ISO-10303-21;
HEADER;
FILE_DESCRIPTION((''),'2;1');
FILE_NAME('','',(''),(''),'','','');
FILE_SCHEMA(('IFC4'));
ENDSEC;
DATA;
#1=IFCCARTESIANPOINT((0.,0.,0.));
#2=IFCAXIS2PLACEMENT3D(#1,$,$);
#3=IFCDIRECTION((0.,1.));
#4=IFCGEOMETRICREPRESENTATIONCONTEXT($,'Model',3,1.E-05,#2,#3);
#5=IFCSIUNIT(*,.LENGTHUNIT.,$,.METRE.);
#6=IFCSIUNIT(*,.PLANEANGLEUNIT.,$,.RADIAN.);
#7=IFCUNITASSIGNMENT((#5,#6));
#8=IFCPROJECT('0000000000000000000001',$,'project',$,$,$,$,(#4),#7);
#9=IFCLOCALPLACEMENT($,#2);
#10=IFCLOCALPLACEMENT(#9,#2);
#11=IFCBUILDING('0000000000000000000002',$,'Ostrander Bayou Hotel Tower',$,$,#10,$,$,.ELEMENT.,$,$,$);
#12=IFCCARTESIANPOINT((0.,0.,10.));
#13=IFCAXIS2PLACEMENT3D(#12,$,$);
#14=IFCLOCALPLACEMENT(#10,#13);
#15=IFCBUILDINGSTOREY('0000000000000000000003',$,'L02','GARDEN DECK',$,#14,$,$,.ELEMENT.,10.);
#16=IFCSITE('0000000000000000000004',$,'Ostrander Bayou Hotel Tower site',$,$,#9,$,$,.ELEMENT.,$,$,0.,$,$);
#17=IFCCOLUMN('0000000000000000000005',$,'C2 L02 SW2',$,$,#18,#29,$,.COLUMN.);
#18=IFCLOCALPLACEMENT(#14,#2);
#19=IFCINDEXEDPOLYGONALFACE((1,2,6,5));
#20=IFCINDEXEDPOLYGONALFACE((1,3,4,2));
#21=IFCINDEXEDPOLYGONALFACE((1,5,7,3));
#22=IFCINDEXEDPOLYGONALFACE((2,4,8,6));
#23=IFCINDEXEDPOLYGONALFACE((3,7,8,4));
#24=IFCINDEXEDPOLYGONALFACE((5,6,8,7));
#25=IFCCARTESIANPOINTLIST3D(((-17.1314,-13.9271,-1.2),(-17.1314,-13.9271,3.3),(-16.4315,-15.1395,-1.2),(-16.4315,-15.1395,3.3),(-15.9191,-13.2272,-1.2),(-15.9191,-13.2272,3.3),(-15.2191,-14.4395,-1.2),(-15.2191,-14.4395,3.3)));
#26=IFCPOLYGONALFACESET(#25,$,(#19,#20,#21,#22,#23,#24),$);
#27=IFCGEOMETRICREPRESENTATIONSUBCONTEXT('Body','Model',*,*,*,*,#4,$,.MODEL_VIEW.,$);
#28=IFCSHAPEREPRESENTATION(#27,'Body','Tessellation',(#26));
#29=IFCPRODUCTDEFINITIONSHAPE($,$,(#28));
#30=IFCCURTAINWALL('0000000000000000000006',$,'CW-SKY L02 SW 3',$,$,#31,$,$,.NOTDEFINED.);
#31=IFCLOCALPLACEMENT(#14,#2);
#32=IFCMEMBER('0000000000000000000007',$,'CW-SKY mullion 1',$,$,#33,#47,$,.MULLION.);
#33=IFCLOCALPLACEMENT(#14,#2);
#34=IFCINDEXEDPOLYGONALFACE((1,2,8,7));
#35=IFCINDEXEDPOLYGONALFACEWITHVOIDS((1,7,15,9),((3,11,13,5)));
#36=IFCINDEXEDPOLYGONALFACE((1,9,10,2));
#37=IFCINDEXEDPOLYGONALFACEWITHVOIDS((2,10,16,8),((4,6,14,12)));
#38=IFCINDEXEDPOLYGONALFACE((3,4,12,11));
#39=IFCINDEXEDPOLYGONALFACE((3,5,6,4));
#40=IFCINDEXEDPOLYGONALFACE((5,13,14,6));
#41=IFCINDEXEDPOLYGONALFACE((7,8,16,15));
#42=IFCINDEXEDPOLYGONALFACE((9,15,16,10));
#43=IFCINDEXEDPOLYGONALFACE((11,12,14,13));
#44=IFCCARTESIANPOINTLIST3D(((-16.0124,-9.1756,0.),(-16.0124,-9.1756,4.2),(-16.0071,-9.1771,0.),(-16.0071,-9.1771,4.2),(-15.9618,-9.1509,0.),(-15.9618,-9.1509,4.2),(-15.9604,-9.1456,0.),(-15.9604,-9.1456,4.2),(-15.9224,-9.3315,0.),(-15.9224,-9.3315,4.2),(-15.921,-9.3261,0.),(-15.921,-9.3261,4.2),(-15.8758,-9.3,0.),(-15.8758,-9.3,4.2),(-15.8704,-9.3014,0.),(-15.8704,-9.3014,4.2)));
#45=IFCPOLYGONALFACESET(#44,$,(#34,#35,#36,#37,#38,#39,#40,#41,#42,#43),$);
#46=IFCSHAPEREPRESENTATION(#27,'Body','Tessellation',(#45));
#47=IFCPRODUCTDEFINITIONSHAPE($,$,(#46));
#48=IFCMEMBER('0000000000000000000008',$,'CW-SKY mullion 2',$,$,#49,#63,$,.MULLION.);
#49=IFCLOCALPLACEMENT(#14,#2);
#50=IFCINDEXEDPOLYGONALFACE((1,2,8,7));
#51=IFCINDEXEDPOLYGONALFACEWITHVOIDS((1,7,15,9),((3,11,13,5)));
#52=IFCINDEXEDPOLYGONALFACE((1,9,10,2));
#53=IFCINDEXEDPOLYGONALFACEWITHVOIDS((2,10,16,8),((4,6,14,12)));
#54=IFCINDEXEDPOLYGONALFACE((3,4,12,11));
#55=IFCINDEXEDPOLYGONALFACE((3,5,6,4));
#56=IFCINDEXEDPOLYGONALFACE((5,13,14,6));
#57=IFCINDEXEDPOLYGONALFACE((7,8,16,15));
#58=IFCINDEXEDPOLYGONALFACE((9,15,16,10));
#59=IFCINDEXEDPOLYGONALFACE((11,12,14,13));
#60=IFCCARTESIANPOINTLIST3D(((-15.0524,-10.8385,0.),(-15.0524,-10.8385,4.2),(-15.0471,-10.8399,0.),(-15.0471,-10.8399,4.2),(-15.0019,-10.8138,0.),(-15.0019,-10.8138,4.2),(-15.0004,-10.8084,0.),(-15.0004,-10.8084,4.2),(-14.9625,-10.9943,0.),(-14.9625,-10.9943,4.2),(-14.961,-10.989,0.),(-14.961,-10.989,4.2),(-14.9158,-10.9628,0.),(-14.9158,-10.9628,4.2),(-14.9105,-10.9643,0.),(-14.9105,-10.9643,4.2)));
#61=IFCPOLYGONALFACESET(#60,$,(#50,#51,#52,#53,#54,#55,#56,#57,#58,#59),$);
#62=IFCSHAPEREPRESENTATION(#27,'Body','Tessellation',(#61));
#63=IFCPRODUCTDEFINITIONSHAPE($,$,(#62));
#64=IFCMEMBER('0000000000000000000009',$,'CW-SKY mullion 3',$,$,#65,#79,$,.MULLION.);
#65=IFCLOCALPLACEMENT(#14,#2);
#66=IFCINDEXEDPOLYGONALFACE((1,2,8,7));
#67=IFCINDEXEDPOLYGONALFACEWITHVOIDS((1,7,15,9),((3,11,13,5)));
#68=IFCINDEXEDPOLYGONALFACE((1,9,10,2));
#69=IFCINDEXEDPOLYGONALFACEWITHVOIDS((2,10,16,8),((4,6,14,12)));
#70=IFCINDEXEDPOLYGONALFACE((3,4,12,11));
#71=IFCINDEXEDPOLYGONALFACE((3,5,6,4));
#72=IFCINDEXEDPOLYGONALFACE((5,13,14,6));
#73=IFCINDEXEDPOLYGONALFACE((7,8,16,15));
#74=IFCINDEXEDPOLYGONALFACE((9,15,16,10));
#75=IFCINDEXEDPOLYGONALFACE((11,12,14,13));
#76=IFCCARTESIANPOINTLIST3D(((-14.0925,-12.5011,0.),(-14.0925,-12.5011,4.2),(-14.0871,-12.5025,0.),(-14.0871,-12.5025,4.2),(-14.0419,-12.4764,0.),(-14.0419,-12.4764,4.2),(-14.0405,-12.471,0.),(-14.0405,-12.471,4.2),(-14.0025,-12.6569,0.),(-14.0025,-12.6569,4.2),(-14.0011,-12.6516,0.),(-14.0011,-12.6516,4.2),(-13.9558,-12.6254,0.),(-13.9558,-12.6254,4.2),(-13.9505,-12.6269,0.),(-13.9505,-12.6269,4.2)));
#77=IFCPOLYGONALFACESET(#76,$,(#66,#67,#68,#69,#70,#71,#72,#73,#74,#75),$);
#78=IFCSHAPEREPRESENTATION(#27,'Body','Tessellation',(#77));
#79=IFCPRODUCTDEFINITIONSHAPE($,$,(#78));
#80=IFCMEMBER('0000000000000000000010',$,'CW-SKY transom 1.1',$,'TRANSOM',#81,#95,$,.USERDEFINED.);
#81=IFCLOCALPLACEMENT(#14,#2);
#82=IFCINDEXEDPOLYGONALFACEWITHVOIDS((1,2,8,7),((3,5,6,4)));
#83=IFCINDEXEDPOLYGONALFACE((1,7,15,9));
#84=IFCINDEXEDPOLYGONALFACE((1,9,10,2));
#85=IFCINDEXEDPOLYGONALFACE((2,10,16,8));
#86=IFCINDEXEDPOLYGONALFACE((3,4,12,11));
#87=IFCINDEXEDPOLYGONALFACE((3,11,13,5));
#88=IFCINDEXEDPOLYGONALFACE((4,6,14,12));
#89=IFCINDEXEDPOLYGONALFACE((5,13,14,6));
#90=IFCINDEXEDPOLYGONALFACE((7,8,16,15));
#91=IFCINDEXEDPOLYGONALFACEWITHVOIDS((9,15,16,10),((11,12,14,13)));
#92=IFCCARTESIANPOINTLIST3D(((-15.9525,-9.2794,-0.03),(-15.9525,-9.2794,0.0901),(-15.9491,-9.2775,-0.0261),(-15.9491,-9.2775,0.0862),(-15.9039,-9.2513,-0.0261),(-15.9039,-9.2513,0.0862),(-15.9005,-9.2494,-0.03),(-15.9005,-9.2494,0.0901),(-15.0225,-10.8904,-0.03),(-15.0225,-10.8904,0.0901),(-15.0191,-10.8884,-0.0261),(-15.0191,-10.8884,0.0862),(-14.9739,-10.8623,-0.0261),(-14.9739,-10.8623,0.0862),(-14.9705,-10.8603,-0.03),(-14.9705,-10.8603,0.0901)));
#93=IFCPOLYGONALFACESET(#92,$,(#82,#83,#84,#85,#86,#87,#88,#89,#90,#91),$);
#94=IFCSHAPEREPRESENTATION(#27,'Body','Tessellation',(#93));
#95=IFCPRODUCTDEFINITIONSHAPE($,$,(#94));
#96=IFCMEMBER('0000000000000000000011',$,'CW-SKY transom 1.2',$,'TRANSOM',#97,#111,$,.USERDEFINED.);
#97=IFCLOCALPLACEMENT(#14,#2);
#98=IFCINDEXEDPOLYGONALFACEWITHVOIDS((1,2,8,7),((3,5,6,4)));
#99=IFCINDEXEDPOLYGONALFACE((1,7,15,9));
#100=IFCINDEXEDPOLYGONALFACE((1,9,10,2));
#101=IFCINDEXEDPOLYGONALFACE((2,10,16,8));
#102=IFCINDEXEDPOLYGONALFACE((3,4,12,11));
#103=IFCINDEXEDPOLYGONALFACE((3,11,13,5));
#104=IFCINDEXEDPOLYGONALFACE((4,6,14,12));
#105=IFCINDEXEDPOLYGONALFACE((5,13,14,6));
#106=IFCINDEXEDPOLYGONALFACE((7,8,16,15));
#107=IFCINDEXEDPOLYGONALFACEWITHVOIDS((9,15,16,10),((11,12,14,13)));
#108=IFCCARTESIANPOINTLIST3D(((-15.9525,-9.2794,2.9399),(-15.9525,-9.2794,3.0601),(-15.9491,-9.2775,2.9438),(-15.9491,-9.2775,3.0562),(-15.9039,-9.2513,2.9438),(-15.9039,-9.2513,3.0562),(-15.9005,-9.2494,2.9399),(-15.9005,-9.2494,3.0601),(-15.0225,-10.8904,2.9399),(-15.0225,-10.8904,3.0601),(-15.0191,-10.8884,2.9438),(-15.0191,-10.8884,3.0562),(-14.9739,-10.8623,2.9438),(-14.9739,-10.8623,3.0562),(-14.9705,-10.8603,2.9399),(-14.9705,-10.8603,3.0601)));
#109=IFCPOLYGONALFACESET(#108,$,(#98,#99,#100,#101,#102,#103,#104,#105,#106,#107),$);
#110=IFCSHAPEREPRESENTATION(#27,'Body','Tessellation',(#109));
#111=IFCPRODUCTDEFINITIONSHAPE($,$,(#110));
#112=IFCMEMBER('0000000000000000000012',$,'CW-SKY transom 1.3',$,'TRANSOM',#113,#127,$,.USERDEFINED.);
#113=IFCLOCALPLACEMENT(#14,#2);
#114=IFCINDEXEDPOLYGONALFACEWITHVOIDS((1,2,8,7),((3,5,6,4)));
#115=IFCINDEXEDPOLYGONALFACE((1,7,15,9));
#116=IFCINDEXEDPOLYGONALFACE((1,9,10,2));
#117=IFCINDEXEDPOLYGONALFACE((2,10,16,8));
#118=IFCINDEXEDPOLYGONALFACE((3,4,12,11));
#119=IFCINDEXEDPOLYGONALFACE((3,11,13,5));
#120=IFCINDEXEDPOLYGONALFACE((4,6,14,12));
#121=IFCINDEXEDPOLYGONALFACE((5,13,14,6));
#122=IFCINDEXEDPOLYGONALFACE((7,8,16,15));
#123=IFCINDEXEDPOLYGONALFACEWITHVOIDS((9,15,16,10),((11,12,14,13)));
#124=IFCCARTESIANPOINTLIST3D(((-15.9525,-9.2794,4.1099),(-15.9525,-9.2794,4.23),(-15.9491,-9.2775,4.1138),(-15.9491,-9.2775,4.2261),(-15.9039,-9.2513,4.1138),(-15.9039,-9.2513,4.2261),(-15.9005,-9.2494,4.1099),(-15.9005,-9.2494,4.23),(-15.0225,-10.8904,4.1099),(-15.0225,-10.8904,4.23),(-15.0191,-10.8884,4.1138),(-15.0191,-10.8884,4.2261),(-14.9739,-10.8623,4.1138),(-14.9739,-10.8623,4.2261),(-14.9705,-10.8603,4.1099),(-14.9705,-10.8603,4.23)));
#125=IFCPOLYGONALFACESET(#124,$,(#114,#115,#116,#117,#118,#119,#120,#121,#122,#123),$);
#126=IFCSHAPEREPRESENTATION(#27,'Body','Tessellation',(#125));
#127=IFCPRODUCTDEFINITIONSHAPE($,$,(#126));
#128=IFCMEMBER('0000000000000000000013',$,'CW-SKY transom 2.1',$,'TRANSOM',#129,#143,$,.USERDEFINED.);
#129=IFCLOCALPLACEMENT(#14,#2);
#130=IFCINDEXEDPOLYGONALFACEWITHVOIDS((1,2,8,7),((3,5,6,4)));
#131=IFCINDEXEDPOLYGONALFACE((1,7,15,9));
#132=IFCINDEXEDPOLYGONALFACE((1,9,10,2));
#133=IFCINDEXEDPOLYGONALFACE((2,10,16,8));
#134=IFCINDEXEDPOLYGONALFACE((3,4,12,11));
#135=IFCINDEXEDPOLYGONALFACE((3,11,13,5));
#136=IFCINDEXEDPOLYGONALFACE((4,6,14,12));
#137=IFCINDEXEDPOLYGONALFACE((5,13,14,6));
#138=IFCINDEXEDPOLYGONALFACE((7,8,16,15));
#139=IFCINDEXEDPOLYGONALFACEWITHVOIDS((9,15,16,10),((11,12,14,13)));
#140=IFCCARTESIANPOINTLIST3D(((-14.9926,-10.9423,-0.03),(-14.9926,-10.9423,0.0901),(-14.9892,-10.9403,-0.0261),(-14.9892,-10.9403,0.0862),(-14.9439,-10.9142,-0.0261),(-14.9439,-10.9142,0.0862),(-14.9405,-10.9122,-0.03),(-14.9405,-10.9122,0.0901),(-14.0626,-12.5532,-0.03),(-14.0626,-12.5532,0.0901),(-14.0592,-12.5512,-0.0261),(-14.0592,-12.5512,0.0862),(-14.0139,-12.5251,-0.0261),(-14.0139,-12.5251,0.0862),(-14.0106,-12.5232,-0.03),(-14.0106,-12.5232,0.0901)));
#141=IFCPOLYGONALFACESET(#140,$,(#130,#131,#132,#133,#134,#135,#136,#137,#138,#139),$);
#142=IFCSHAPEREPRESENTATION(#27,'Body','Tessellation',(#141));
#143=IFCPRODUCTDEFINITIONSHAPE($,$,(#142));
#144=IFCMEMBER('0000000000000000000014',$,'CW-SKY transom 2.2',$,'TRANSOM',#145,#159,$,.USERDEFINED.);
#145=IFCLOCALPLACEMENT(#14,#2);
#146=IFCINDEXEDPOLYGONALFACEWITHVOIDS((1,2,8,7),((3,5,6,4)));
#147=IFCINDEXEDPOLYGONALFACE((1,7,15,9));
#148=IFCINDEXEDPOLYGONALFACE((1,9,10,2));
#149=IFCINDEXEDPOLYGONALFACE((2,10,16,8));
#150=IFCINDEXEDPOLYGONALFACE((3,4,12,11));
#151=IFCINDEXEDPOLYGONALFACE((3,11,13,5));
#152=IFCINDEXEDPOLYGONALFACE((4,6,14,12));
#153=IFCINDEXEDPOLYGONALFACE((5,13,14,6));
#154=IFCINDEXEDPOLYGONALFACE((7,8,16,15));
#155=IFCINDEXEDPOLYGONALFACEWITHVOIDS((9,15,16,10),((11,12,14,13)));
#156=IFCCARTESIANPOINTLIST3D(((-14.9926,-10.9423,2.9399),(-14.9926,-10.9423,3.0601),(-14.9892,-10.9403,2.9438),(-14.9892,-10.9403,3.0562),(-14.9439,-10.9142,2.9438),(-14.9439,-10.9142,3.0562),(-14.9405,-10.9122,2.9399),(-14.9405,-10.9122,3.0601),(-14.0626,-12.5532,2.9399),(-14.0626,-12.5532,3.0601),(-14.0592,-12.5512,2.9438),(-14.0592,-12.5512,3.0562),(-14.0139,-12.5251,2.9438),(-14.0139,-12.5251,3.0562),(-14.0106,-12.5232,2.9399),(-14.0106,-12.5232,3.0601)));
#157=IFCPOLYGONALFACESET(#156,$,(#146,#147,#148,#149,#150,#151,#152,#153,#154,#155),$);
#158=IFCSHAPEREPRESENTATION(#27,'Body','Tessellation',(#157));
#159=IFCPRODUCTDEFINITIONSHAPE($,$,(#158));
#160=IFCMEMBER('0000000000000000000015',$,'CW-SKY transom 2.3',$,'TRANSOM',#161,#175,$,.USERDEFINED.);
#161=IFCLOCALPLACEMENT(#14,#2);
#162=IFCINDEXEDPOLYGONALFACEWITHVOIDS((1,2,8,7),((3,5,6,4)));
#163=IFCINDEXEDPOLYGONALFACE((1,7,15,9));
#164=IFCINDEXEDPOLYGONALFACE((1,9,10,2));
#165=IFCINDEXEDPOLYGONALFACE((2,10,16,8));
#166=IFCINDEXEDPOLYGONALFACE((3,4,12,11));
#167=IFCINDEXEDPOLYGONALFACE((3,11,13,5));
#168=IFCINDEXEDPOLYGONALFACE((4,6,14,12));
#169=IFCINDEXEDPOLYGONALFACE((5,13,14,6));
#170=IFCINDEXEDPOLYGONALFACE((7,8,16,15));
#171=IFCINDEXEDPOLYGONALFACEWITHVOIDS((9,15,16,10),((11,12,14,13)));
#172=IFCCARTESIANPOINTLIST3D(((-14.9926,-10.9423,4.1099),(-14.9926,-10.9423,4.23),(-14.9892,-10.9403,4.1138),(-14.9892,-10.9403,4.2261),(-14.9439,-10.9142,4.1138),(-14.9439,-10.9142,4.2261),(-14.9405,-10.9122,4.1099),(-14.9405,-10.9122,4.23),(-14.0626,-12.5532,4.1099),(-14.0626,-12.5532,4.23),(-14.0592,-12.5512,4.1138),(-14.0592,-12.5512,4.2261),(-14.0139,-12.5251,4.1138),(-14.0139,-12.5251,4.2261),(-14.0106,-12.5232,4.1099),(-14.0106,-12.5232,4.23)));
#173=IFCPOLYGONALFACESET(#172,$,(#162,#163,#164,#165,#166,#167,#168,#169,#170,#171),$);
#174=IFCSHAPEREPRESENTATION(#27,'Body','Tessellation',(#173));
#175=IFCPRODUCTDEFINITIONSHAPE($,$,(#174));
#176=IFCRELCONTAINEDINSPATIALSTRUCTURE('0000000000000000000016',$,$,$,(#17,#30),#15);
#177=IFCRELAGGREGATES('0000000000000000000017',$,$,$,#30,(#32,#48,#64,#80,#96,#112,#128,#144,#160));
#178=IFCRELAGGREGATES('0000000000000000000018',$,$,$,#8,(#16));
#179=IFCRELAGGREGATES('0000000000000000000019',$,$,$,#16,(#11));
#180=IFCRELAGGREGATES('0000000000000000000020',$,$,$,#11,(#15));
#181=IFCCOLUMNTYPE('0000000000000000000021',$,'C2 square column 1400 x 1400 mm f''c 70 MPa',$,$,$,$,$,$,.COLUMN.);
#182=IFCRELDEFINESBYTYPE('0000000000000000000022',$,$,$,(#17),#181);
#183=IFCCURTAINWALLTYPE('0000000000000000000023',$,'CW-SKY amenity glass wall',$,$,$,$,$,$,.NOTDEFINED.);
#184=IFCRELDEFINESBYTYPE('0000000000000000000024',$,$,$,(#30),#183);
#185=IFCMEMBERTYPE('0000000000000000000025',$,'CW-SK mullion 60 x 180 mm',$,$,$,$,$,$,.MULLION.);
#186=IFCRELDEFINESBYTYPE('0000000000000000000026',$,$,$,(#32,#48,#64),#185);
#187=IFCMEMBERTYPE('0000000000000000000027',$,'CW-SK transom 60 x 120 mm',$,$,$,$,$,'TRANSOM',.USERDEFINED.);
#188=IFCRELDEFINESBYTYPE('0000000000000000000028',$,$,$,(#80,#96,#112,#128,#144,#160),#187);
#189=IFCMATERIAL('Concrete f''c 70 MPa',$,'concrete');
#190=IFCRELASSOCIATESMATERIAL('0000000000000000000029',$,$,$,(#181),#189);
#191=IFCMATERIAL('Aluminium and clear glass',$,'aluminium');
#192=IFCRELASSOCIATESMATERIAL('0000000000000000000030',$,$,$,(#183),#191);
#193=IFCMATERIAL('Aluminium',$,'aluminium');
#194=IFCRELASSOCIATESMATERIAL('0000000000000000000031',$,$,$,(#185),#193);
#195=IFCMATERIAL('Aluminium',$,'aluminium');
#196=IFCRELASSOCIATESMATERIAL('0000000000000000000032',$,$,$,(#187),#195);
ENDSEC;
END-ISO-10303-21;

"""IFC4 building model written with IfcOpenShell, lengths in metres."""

from ifc_helpers import new_model, si_unit, direction, frame, origin, origin_2d, place, context, subcontext, project, spatial, rectangle, hollow_rectangle, extrude, material, material_profile, profile_set, type_object, element, aggregate, save


model = new_model("IFC4")

# Units and contexts
model_context = context("Model", 3, precision=1e-05, world=origin(), true_north=direction((0.0, 1.0)))
body_context = subcontext(model_context, "Body", "Model", "MODEL_VIEW")
ifc_project = project(units=[si_unit("LENGTHUNIT", "METRE"), si_unit("PLANEANGLEUNIT", "RADIAN")], contexts=[model_context])

# Site, building, storey
site_placement = place(None, origin())
site = spatial("IfcSite", under=ifc_project, at=site_placement, Name="Ostrander Bayou Hotel Tower site", CompositionType="ELEMENT", RefElevation=0.0)
building_placement = place(site_placement, origin())
building = spatial("IfcBuilding", under=site, at=building_placement, Name="Ostrander Bayou Hotel Tower", CompositionType="ELEMENT")
storey_placement = place(building_placement, frame((0.0, 0.0, 10.0)))
storey = spatial("IfcBuildingStorey", under=building, at=storey_placement, Name="L02", Description="GARDEN DECK", CompositionType="ELEMENT", Elevation=10.0)

# Column
ifc_material_1 = material(Name="Concrete f'c 70 MPa", Category="concrete")
ifc_material_profile_1 = material_profile(ifc_material_1, rectangle(XDim=1.3999, YDim=1.3999, at=origin_2d()))
ifc_profile_set_1 = profile_set([ifc_material_profile_1], Name="Concrete f'c 70 MPa")
column_type = type_object("IfcColumnType", Name="C2 square column 1400 x 1400 mm f'c 70 MPa", PredefinedType="COLUMN", material=ifc_profile_set_1)
column_placement = place(storey_placement, frame((-16.1753, -14.1833, -1.2), z_axis=(0.0, 0.0, 1.0), x_axis=(-0.5, 0.866025, 0.0)))
element("IfcColumn", 1, at=column_placement, inside=storey, type_object=column_type, Name="C2 L02 SW2", PredefinedType="COLUMN", context=body_context, shape_type="SweptSolid", body=[
    extrude(rectangle(XDim=1.3999, YDim=1.3999, at=origin_2d()), origin(), (0.0, 0.0, 1.0), 4.5),
])

# Curtain wall, members
ifc_material_2 = material(Name="Aluminium and clear glass", Category="aluminium")
curtain_wall_type_1 = type_object("IfcCurtainWallType", Name="CW-SKY amenity glass wall", PredefinedType="NOTDEFINED", material=ifc_material_2)
curtain_wall_1_placement = place(storey_placement, origin())
curtain_wall_1 = element("IfcCurtainWall", 2, at=curtain_wall_1_placement, inside=storey, type_object=curtain_wall_type_1, Name="CW-SKY L02 SW 3", PredefinedType="NOTDEFINED")
ifc_material_3 = material(Name="Aluminium", Category="aluminium")
ifc_material_profile_2 = material_profile(ifc_material_3, hollow_rectangle(XDim=0.0601, YDim=0.1799, WallThickness=0.0039, at=origin_2d()))
ifc_profile_set_2 = profile_set([ifc_material_profile_2], Name="Aluminium")
member_type_1 = type_object("IfcMemberType", Name="CW-SK mullion 60 x 180 mm", PredefinedType="MULLION", material=ifc_profile_set_2)
member_1_placement = place(storey_placement, frame((-15.9414, -9.2385, 0.0), z_axis=(0.0, 0.0, 1.0), x_axis=(0.866025, 0.5, 0.0)))
member_1 = element("IfcMember", 3, at=member_1_placement, type_object=member_type_1, Name="CW-SKY mullion 1", PredefinedType="MULLION", context=body_context, shape_type="SweptSolid", body=[
    extrude(hollow_rectangle(XDim=0.0601, YDim=0.1799, WallThickness=0.0039, at=origin_2d()), origin(), (0.0, 0.0, 1.0), 4.2),
])
member_2_placement = place(storey_placement, frame((-14.9814, -10.9014, 0.0), z_axis=(0.0, 0.0, 1.0), x_axis=(0.866025, 0.5, 0.0)))
member_2 = element("IfcMember", 4, at=member_2_placement, type_object=member_type_1, Name="CW-SKY mullion 2", PredefinedType="MULLION", context=body_context, shape_type="SweptSolid", body=[
    extrude(hollow_rectangle(XDim=0.0601, YDim=0.1799, WallThickness=0.0039, at=origin_2d()), origin(), (0.0, 0.0, 1.0), 4.2),
])
member_3_placement = place(storey_placement, frame((-14.0215, -12.564, 0.0), z_axis=(0.0, 0.0, 1.0), x_axis=(0.866025, 0.5, 0.0)))
member_3 = element("IfcMember", 5, at=member_3_placement, type_object=member_type_1, Name="CW-SKY mullion 3", PredefinedType="MULLION", context=body_context, shape_type="SweptSolid", body=[
    extrude(hollow_rectangle(XDim=0.0601, YDim=0.1799, WallThickness=0.0039, at=origin_2d()), origin(), (0.0, 0.0, 1.0), 4.2),
])
ifc_material_4 = material(Name="Aluminium", Category="aluminium")
ifc_material_profile_3 = material_profile(ifc_material_4, hollow_rectangle(XDim=0.0601, YDim=0.1201, WallThickness=0.0039, at=origin_2d()))
ifc_profile_set_3 = profile_set([ifc_material_profile_3], Name="Aluminium")
member_type_2 = type_object("IfcMemberType", Name="CW-SK transom 60 x 120 mm", ElementType="TRANSOM", PredefinedType="USERDEFINED", material=ifc_profile_set_3)
member_4_placement = place(storey_placement, frame((-15.9265, -9.2644, 0.03), z_axis=(0.499965, -0.866046, 0.0), x_axis=(0.866046, 0.499965, 0.0)))
member_4 = element("IfcMember", 6, at=member_4_placement, type_object=member_type_2, Name="CW-SKY transom 1.1", ObjectType="TRANSOM", PredefinedType="USERDEFINED", context=body_context, shape_type="SweptSolid", body=[
    extrude(hollow_rectangle(XDim=0.0601, YDim=0.1201, WallThickness=0.0039, at=origin_2d()), origin(), (0.0, 0.0, 1.0), 1.8601),
])
member_5_placement = place(storey_placement, frame((-15.9265, -9.2644, 3.0), z_axis=(0.499965, -0.866046, 0.0), x_axis=(0.866046, 0.499965, 0.0)))
member_5 = element("IfcMember", 7, at=member_5_placement, type_object=member_type_2, Name="CW-SKY transom 1.2", ObjectType="TRANSOM", PredefinedType="USERDEFINED", context=body_context, shape_type="SweptSolid", body=[
    extrude(hollow_rectangle(XDim=0.0601, YDim=0.1201, WallThickness=0.0039, at=origin_2d()), origin(), (0.0, 0.0, 1.0), 1.8601),
])
member_6_placement = place(storey_placement, frame((-15.9265, -9.2644, 4.1699), z_axis=(0.499965, -0.866046, 0.0), x_axis=(0.866046, 0.499965, 0.0)))
member_6 = element("IfcMember", 8, at=member_6_placement, type_object=member_type_2, Name="CW-SKY transom 1.3", ObjectType="TRANSOM", PredefinedType="USERDEFINED", context=body_context, shape_type="SweptSolid", body=[
    extrude(hollow_rectangle(XDim=0.0601, YDim=0.1201, WallThickness=0.0039, at=origin_2d()), origin(), (0.0, 0.0, 1.0), 1.8601),
])
member_7_placement = place(storey_placement, frame((-14.9666, -10.9272, 0.03), z_axis=(0.499965, -0.866046, 0.0), x_axis=(0.866046, 0.499965, 0.0)))
member_7 = element("IfcMember", 9, at=member_7_placement, type_object=member_type_2, Name="CW-SKY transom 2.1", ObjectType="TRANSOM", PredefinedType="USERDEFINED", context=body_context, shape_type="SweptSolid", body=[
    extrude(hollow_rectangle(XDim=0.0601, YDim=0.1201, WallThickness=0.0039, at=origin_2d()), origin(), (0.0, 0.0, 1.0), 1.8601),
])
member_8_placement = place(storey_placement, frame((-14.9666, -10.9272, 3.0), z_axis=(0.499965, -0.866046, 0.0), x_axis=(0.866046, 0.499965, 0.0)))
member_8 = element("IfcMember", 10, at=member_8_placement, type_object=member_type_2, Name="CW-SKY transom 2.2", ObjectType="TRANSOM", PredefinedType="USERDEFINED", context=body_context, shape_type="SweptSolid", body=[
    extrude(hollow_rectangle(XDim=0.0601, YDim=0.1201, WallThickness=0.0039, at=origin_2d()), origin(), (0.0, 0.0, 1.0), 1.8601),
])
member_9_placement = place(storey_placement, frame((-14.9666, -10.9272, 4.1699), z_axis=(0.499965, -0.866046, 0.0), x_axis=(0.866046, 0.499965, 0.0)))
member_9 = element("IfcMember", 11, at=member_9_placement, type_object=member_type_2, Name="CW-SKY transom 2.3", ObjectType="TRANSOM", PredefinedType="USERDEFINED", context=body_context, shape_type="SweptSolid", body=[
    extrude(hollow_rectangle(XDim=0.0601, YDim=0.1201, WallThickness=0.0039, at=origin_2d()), origin(), (0.0, 0.0, 1.0), 1.8601),
])

aggregate(curtain_wall_1, [member_1, member_2, member_3, member_4, member_5, member_6, member_7, member_8, member_9])

save(model, "model.ifc")
